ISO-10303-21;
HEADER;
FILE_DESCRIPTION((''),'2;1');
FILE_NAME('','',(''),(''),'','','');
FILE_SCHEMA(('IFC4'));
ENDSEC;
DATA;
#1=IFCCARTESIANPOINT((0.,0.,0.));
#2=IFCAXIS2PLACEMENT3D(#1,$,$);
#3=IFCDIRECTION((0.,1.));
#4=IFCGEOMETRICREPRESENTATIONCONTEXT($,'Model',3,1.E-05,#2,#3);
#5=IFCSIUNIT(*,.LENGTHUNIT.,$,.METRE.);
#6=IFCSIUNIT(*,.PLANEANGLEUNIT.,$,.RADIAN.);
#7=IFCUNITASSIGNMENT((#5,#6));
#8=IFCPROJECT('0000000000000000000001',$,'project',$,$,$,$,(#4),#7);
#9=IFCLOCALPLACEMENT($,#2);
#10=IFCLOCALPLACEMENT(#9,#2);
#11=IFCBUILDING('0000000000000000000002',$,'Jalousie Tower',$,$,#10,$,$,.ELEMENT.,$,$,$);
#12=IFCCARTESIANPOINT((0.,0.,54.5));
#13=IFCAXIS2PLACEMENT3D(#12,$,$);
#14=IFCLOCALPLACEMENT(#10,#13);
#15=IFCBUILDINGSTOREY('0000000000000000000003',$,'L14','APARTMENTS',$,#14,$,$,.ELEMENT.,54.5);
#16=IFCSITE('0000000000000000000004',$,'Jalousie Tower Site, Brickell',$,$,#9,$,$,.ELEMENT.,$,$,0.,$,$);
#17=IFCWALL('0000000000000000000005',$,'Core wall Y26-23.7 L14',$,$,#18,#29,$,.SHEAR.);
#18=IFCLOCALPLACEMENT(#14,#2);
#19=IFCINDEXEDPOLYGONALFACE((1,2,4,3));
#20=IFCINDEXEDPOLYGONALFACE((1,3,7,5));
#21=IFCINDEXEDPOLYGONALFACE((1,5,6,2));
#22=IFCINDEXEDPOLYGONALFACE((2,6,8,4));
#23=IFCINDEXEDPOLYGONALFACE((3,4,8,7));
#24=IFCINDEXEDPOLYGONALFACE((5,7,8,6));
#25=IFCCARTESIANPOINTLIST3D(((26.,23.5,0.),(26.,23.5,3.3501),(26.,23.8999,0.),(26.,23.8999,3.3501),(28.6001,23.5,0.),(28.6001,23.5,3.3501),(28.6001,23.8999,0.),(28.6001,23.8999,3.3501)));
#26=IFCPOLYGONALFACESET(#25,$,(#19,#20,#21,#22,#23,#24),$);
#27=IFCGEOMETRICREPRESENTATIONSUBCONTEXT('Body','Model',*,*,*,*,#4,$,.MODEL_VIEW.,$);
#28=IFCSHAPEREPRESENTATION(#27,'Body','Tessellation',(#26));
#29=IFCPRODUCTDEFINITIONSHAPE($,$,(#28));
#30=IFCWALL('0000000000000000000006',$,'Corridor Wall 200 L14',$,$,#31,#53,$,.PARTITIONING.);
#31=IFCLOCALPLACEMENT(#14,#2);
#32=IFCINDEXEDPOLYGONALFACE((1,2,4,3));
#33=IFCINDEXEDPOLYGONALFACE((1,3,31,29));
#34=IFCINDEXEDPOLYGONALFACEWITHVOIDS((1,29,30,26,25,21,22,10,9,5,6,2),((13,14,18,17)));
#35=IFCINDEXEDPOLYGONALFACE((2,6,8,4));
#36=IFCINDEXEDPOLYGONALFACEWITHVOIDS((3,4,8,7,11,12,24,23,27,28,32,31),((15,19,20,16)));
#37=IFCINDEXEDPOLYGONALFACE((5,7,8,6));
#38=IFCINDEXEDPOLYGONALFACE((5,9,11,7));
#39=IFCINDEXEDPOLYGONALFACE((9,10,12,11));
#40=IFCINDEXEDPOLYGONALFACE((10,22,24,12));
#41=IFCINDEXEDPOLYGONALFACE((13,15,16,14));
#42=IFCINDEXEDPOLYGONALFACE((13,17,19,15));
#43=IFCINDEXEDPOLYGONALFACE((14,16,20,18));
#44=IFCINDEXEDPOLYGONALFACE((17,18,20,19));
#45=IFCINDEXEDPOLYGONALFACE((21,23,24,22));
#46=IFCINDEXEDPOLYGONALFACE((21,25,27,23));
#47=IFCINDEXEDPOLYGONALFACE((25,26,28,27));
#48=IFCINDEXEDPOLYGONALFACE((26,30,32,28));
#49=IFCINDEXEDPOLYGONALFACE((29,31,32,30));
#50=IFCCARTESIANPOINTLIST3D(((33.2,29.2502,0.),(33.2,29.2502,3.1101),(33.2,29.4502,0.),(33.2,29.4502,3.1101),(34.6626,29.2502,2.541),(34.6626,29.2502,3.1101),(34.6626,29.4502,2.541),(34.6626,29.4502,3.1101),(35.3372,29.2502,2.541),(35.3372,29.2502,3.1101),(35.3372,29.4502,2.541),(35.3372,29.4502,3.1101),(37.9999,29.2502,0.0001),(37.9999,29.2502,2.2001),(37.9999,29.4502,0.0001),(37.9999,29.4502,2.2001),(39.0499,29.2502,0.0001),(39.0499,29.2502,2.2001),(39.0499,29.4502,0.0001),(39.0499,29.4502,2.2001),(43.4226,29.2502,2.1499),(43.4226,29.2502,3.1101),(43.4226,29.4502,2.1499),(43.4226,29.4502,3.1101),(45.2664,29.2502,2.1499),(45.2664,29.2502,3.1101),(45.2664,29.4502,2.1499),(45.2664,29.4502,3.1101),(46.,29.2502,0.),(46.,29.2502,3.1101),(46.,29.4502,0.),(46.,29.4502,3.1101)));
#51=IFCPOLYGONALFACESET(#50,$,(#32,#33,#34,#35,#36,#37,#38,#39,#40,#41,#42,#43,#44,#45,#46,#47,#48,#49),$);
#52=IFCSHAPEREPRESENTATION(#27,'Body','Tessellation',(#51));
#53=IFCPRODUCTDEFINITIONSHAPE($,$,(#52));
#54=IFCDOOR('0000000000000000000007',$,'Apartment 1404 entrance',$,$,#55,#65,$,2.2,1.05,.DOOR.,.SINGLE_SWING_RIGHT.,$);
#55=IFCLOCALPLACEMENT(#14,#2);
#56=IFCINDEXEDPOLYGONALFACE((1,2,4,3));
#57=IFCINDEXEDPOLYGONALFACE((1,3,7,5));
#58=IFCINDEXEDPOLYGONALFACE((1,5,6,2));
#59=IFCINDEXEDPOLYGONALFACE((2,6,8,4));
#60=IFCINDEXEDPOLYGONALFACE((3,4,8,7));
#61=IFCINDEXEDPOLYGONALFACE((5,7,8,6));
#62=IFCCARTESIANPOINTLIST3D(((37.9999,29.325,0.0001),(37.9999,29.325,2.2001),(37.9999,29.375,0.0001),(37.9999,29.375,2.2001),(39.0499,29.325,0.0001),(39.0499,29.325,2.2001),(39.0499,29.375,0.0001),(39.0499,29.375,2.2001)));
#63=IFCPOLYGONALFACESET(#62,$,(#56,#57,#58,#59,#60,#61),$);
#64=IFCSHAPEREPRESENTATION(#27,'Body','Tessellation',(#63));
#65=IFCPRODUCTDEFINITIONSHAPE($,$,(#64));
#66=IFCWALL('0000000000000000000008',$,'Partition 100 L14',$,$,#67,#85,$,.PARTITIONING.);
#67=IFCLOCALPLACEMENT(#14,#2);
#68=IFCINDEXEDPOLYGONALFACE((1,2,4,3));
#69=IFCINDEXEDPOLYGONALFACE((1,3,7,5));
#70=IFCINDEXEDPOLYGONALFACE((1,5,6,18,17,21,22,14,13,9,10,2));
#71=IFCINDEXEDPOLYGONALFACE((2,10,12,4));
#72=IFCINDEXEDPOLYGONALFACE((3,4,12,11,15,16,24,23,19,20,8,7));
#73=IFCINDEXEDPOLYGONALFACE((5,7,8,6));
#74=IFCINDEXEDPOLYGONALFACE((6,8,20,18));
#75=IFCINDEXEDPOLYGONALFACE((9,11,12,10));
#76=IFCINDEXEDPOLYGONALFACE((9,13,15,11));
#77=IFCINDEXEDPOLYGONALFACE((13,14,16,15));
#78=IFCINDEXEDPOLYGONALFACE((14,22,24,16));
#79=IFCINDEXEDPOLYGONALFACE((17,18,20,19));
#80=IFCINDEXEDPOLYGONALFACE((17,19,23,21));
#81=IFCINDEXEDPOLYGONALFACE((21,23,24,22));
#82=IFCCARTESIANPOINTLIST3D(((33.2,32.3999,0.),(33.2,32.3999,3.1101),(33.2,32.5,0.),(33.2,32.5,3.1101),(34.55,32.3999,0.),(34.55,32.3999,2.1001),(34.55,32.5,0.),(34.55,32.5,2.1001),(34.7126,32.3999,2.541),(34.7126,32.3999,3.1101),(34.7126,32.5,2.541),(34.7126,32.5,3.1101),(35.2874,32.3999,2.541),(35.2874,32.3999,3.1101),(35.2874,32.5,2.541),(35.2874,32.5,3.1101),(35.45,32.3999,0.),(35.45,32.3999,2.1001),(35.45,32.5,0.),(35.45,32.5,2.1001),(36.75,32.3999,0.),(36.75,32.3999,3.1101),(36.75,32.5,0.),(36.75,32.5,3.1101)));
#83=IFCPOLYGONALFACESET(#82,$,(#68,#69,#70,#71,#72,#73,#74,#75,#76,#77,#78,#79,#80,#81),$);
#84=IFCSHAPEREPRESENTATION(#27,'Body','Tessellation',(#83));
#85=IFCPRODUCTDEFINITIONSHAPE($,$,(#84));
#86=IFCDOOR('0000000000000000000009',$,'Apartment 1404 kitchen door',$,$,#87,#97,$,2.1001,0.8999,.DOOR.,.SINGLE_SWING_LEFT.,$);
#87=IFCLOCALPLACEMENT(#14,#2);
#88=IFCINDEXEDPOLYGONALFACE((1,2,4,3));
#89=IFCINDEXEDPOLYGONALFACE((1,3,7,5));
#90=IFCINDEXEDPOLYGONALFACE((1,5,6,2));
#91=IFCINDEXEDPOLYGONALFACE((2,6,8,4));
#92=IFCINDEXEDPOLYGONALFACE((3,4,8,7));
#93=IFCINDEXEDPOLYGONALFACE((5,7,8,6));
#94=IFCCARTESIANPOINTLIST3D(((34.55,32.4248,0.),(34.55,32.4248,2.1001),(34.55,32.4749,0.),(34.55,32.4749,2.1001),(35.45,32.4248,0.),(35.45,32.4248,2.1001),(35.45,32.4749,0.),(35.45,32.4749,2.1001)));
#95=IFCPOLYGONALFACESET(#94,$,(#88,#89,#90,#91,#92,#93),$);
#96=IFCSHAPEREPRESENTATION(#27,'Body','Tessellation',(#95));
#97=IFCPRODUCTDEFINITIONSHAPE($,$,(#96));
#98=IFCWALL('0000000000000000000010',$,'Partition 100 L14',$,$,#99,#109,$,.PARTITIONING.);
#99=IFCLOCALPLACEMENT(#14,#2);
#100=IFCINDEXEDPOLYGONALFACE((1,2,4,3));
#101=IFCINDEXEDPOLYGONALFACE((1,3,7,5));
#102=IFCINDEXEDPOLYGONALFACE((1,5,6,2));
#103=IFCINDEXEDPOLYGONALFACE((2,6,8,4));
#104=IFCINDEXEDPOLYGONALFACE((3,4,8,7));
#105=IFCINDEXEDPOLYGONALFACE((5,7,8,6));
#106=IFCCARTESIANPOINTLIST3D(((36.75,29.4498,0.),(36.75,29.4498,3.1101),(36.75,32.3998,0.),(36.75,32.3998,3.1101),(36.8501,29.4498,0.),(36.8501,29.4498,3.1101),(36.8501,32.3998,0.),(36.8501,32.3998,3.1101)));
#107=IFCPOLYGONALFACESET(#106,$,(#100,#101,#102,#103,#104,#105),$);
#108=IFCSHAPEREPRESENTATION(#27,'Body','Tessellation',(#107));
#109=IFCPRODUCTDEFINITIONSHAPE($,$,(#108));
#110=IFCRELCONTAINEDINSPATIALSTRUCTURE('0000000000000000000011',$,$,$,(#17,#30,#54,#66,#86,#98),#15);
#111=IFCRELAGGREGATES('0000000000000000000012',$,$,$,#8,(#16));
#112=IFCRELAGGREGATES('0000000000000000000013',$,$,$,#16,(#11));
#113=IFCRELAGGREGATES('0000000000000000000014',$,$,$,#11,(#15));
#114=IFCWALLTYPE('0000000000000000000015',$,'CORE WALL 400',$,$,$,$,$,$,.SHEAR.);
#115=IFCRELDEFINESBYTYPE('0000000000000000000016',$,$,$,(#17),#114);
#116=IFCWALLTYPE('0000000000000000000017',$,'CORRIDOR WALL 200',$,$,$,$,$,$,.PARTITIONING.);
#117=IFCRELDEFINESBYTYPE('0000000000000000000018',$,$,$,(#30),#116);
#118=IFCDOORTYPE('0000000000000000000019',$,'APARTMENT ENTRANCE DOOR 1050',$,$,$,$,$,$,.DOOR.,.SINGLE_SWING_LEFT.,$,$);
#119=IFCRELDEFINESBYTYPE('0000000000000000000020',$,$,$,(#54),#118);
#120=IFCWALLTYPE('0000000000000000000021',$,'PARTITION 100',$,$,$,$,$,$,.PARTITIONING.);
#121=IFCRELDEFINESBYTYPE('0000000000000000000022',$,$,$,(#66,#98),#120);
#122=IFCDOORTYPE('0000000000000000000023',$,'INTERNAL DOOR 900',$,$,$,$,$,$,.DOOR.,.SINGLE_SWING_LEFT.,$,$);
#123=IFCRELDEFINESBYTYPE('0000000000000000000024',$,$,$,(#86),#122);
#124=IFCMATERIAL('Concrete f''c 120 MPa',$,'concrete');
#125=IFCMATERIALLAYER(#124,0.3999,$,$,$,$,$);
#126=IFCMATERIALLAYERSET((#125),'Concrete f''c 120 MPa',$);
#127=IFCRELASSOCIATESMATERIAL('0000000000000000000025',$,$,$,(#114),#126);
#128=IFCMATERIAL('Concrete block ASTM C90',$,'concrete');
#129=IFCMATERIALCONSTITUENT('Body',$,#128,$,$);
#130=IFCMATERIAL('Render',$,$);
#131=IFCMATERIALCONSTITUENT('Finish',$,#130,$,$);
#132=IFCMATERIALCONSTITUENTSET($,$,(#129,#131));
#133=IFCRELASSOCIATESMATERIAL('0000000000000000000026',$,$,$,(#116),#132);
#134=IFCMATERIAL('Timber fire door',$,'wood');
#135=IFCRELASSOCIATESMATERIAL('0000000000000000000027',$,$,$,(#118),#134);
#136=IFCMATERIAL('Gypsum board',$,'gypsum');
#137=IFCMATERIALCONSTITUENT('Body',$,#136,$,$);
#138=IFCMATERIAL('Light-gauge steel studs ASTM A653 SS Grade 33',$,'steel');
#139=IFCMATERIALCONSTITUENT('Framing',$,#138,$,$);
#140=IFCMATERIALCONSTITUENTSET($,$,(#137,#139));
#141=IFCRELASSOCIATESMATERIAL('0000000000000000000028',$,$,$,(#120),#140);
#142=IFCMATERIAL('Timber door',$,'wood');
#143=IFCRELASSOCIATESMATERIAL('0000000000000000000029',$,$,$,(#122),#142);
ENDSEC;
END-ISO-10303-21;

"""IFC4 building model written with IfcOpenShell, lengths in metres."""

from ifc_helpers import new_model, si_unit, direction, frame, frame_2d, origin, place, context, subcontext, project, spatial, polyline, rectangle, outline, extrude, material, layer, layer_set, constituent, constituent_set, type_object, element, fill, save


model = new_model("IFC4")

# Units and contexts
model_context = context("Model", 3, precision=1e-05, world=origin(), true_north=direction((0.0, 1.0)))
body_context = subcontext(model_context, "Body", "Model", "MODEL_VIEW")
ifc_project = project(units=[si_unit("LENGTHUNIT", "METRE"), si_unit("PLANEANGLEUNIT", "RADIAN")], contexts=[model_context])

# Site, building, storey
site_placement = place(None, origin())
site = spatial("IfcSite", under=ifc_project, at=site_placement, Name="Jalousie Tower Site, Brickell", CompositionType="ELEMENT", RefElevation=0.0)
building_placement = place(site_placement, origin())
building = spatial("IfcBuilding", under=site, at=building_placement, Name="Jalousie Tower", CompositionType="ELEMENT")
storey_placement = place(building_placement, frame((0.0, 0.0, 54.5)))
storey = spatial("IfcBuildingStorey", under=building, at=storey_placement, Name="L14", Description="APARTMENTS", CompositionType="ELEMENT", Elevation=54.5)

# Wall
ifc_material_1 = material(Name="Concrete f'c 120 MPa", Category="concrete")
ifc_layer_1 = layer(ifc_material_1, 0.3999)
ifc_layer_set_1 = layer_set([ifc_layer_1], Name="Concrete f'c 120 MPa")
wall_type_1 = type_object("IfcWallType", Name="CORE WALL 400", PredefinedType="SHEAR", material=ifc_layer_set_1)
wall_1_placement = place(storey_placement, frame((26.0, 23.7, 0.0), z_axis=(0.0, 0.0, 1.0), x_axis=(1.0, 0.0, 0.0)))
element("IfcWall", 1, at=wall_1_placement, inside=storey, type_object=wall_type_1, Name="Core wall Y26-23.7 L14", PredefinedType="SHEAR", context=body_context, shape_type="SweptSolid", body=[
    extrude(rectangle(XDim=2.6001, YDim=0.3999, at=frame_2d((1.3, 0.0))), origin(), (0.0, 0.0, 1.0), 3.3501),
])

# Walls, openings, doors
ifc_material_2 = material(Name="Concrete block ASTM C90", Category="concrete")
ifc_constituent_1 = constituent(ifc_material_2, Name="Body")
ifc_material_3 = material(Name="Render")
ifc_constituent_2 = constituent(ifc_material_3, Name="Finish")
ifc_constituent_set_1 = constituent_set(constituents=[ifc_constituent_1, ifc_constituent_2])
wall_type_2 = type_object("IfcWallType", Name="CORRIDOR WALL 200", PredefinedType="PARTITIONING", material=ifc_constituent_set_1)
wall_2_placement = place(storey_placement, frame((33.2, 29.3501, 0.0), z_axis=(0.0, 0.0, 1.0), x_axis=(1.0, 0.0, 0.0)))
wall_2 = element("IfcWall", 2, at=wall_2_placement, inside=storey, type_object=wall_type_2, Name="Corridor Wall 200 L14", PredefinedType="PARTITIONING", context=body_context, shape_type="SweptSolid", body=[
    extrude(outline(polyline([(0.0, 0.0), (12.8, 0.0), (12.8, 3.1101), (12.0664, 3.1101), (12.0664, 2.1499), (10.2227, 2.1499), (10.2227, 3.1101), (2.1372, 3.1101), (2.1372, 2.541), (1.4626, 2.541), (1.4626, 3.1101), (0.0, 3.1101), (0.0, 0.0)])), frame((0.0, 0.1001, 0.0), z_axis=(0.0, -1.0, 0.0), x_axis=(1.0, 0.0, 0.0)), (0.0, 0.0, 1.0), 0.2),
])
opening_1_placement = place(wall_2_placement, frame((4.8, 0.0, 0.0)))
opening_1 = element("IfcOpeningElement", 3, at=opening_1_placement, cuts=wall_2, PredefinedType="OPENING", context=body_context, shape_type="SweptSolid", body=[
    extrude(rectangle(XDim=1.05, YDim=2.2, at=frame_2d((0.5249, 1.1001))), frame((0.0, 0.1099, 0.0), z_axis=(0.0, -1.0, 0.0), x_axis=(1.0, 0.0, 0.0)), (0.0, 0.0, 1.0), 0.22),
])
ifc_material_4 = material(Name="Timber fire door", Category="wood")
door_type_1 = type_object("IfcDoorType", Name="APARTMENT ENTRANCE DOOR 1050", OperationType="SINGLE_SWING_LEFT", PredefinedType="DOOR", material=ifc_material_4)
door_1_placement = place(opening_1_placement, origin())
door_1 = element("IfcDoor", 4, at=door_1_placement, inside=storey, type_object=door_type_1, Name="Apartment 1404 entrance", OperationType="SINGLE_SWING_RIGHT", OverallHeight=2.2, OverallWidth=1.05, PredefinedType="DOOR", context=body_context, shape_type="SweptSolid", body=[
    extrude(rectangle(XDim=1.05, YDim=2.2, at=frame_2d((0.5249, 1.1001))), frame((0.0, 0.0249, 0.0), z_axis=(0.0, -1.0, 0.0), x_axis=(1.0, 0.0, 0.0)), (0.0, 0.0, 1.0), 0.05),
])
fill(opening_1, door_1)
ifc_material_5 = material(Name="Gypsum board", Category="gypsum")
ifc_constituent_3 = constituent(ifc_material_5, Name="Body")
ifc_material_6 = material(Name="Light-gauge steel studs ASTM A653 SS Grade 33", Category="steel")
ifc_constituent_4 = constituent(ifc_material_6, Name="Framing")
ifc_constituent_set_2 = constituent_set(constituents=[ifc_constituent_3, ifc_constituent_4])
wall_type_3 = type_object("IfcWallType", Name="PARTITION 100", PredefinedType="PARTITIONING", material=ifc_constituent_set_2)
wall_3_placement = place(storey_placement, frame((33.2, 32.45, 0.0), z_axis=(0.0, 0.0, 1.0), x_axis=(1.0, 0.0, 0.0)))
wall_3 = element("IfcWall", 5, at=wall_3_placement, inside=storey, type_object=wall_type_3, Name="Partition 100 L14", PredefinedType="PARTITIONING", context=body_context, shape_type="SweptSolid", body=[
    extrude(outline(polyline([(0.0, 0.0), (3.55, 0.0), (3.55, 3.1101), (2.0874, 3.1101), (2.0874, 2.541), (1.5127, 2.541), (1.5127, 3.1101), (0.0, 3.1101), (0.0, 0.0)])), frame((0.0, 0.05, 0.0), z_axis=(0.0, -1.0, 0.0), x_axis=(1.0, 0.0, 0.0)), (0.0, 0.0, 1.0), 0.1001),
])
opening_2_placement = place(wall_3_placement, frame((1.3501, 0.0, 0.0)))
opening_2 = element("IfcOpeningElement", 6, at=opening_2_placement, cuts=wall_3, PredefinedType="OPENING", context=body_context, shape_type="SweptSolid", body=[
    extrude(rectangle(XDim=0.8999, YDim=2.1001, at=frame_2d((0.45, 1.05))), frame((0.0, 0.0601, 0.0), z_axis=(0.0, -1.0, 0.0), x_axis=(1.0, 0.0, 0.0)), (0.0, 0.0, 1.0), 0.1201),
])
ifc_material_7 = material(Name="Timber door", Category="wood")
door_type_2 = type_object("IfcDoorType", Name="INTERNAL DOOR 900", OperationType="SINGLE_SWING_LEFT", PredefinedType="DOOR", material=ifc_material_7)
door_2_placement = place(opening_2_placement, origin())
door_2 = element("IfcDoor", 7, at=door_2_placement, inside=storey, type_object=door_type_2, Name="Apartment 1404 kitchen door", OperationType="SINGLE_SWING_LEFT", OverallHeight=2.1001, OverallWidth=0.8999, PredefinedType="DOOR", context=body_context, shape_type="SweptSolid", body=[
    extrude(rectangle(XDim=0.8999, YDim=2.1001, at=frame_2d((0.45, 1.05))), frame((0.0, 0.0249, 0.0), z_axis=(0.0, -1.0, 0.0), x_axis=(1.0, 0.0, 0.0)), (0.0, 0.0, 1.0), 0.05),
])
fill(opening_2, door_2)

# Wall
wall_4_placement = place(storey_placement, frame((36.8, 32.3999, 0.0), z_axis=(0.0, 0.0, 1.0), x_axis=(0.0, -1.0, 0.0)))
element("IfcWall", 8, at=wall_4_placement, inside=storey, type_object=wall_type_3, Name="Partition 100 L14", PredefinedType="PARTITIONING", context=body_context, shape_type="SweptSolid", body=[
    extrude(rectangle(XDim=2.95, YDim=0.1001, at=frame_2d((1.4751, 0.0))), origin(), (0.0, 0.0, 1.0), 3.1101),
])

save(model, "model.ifc")
